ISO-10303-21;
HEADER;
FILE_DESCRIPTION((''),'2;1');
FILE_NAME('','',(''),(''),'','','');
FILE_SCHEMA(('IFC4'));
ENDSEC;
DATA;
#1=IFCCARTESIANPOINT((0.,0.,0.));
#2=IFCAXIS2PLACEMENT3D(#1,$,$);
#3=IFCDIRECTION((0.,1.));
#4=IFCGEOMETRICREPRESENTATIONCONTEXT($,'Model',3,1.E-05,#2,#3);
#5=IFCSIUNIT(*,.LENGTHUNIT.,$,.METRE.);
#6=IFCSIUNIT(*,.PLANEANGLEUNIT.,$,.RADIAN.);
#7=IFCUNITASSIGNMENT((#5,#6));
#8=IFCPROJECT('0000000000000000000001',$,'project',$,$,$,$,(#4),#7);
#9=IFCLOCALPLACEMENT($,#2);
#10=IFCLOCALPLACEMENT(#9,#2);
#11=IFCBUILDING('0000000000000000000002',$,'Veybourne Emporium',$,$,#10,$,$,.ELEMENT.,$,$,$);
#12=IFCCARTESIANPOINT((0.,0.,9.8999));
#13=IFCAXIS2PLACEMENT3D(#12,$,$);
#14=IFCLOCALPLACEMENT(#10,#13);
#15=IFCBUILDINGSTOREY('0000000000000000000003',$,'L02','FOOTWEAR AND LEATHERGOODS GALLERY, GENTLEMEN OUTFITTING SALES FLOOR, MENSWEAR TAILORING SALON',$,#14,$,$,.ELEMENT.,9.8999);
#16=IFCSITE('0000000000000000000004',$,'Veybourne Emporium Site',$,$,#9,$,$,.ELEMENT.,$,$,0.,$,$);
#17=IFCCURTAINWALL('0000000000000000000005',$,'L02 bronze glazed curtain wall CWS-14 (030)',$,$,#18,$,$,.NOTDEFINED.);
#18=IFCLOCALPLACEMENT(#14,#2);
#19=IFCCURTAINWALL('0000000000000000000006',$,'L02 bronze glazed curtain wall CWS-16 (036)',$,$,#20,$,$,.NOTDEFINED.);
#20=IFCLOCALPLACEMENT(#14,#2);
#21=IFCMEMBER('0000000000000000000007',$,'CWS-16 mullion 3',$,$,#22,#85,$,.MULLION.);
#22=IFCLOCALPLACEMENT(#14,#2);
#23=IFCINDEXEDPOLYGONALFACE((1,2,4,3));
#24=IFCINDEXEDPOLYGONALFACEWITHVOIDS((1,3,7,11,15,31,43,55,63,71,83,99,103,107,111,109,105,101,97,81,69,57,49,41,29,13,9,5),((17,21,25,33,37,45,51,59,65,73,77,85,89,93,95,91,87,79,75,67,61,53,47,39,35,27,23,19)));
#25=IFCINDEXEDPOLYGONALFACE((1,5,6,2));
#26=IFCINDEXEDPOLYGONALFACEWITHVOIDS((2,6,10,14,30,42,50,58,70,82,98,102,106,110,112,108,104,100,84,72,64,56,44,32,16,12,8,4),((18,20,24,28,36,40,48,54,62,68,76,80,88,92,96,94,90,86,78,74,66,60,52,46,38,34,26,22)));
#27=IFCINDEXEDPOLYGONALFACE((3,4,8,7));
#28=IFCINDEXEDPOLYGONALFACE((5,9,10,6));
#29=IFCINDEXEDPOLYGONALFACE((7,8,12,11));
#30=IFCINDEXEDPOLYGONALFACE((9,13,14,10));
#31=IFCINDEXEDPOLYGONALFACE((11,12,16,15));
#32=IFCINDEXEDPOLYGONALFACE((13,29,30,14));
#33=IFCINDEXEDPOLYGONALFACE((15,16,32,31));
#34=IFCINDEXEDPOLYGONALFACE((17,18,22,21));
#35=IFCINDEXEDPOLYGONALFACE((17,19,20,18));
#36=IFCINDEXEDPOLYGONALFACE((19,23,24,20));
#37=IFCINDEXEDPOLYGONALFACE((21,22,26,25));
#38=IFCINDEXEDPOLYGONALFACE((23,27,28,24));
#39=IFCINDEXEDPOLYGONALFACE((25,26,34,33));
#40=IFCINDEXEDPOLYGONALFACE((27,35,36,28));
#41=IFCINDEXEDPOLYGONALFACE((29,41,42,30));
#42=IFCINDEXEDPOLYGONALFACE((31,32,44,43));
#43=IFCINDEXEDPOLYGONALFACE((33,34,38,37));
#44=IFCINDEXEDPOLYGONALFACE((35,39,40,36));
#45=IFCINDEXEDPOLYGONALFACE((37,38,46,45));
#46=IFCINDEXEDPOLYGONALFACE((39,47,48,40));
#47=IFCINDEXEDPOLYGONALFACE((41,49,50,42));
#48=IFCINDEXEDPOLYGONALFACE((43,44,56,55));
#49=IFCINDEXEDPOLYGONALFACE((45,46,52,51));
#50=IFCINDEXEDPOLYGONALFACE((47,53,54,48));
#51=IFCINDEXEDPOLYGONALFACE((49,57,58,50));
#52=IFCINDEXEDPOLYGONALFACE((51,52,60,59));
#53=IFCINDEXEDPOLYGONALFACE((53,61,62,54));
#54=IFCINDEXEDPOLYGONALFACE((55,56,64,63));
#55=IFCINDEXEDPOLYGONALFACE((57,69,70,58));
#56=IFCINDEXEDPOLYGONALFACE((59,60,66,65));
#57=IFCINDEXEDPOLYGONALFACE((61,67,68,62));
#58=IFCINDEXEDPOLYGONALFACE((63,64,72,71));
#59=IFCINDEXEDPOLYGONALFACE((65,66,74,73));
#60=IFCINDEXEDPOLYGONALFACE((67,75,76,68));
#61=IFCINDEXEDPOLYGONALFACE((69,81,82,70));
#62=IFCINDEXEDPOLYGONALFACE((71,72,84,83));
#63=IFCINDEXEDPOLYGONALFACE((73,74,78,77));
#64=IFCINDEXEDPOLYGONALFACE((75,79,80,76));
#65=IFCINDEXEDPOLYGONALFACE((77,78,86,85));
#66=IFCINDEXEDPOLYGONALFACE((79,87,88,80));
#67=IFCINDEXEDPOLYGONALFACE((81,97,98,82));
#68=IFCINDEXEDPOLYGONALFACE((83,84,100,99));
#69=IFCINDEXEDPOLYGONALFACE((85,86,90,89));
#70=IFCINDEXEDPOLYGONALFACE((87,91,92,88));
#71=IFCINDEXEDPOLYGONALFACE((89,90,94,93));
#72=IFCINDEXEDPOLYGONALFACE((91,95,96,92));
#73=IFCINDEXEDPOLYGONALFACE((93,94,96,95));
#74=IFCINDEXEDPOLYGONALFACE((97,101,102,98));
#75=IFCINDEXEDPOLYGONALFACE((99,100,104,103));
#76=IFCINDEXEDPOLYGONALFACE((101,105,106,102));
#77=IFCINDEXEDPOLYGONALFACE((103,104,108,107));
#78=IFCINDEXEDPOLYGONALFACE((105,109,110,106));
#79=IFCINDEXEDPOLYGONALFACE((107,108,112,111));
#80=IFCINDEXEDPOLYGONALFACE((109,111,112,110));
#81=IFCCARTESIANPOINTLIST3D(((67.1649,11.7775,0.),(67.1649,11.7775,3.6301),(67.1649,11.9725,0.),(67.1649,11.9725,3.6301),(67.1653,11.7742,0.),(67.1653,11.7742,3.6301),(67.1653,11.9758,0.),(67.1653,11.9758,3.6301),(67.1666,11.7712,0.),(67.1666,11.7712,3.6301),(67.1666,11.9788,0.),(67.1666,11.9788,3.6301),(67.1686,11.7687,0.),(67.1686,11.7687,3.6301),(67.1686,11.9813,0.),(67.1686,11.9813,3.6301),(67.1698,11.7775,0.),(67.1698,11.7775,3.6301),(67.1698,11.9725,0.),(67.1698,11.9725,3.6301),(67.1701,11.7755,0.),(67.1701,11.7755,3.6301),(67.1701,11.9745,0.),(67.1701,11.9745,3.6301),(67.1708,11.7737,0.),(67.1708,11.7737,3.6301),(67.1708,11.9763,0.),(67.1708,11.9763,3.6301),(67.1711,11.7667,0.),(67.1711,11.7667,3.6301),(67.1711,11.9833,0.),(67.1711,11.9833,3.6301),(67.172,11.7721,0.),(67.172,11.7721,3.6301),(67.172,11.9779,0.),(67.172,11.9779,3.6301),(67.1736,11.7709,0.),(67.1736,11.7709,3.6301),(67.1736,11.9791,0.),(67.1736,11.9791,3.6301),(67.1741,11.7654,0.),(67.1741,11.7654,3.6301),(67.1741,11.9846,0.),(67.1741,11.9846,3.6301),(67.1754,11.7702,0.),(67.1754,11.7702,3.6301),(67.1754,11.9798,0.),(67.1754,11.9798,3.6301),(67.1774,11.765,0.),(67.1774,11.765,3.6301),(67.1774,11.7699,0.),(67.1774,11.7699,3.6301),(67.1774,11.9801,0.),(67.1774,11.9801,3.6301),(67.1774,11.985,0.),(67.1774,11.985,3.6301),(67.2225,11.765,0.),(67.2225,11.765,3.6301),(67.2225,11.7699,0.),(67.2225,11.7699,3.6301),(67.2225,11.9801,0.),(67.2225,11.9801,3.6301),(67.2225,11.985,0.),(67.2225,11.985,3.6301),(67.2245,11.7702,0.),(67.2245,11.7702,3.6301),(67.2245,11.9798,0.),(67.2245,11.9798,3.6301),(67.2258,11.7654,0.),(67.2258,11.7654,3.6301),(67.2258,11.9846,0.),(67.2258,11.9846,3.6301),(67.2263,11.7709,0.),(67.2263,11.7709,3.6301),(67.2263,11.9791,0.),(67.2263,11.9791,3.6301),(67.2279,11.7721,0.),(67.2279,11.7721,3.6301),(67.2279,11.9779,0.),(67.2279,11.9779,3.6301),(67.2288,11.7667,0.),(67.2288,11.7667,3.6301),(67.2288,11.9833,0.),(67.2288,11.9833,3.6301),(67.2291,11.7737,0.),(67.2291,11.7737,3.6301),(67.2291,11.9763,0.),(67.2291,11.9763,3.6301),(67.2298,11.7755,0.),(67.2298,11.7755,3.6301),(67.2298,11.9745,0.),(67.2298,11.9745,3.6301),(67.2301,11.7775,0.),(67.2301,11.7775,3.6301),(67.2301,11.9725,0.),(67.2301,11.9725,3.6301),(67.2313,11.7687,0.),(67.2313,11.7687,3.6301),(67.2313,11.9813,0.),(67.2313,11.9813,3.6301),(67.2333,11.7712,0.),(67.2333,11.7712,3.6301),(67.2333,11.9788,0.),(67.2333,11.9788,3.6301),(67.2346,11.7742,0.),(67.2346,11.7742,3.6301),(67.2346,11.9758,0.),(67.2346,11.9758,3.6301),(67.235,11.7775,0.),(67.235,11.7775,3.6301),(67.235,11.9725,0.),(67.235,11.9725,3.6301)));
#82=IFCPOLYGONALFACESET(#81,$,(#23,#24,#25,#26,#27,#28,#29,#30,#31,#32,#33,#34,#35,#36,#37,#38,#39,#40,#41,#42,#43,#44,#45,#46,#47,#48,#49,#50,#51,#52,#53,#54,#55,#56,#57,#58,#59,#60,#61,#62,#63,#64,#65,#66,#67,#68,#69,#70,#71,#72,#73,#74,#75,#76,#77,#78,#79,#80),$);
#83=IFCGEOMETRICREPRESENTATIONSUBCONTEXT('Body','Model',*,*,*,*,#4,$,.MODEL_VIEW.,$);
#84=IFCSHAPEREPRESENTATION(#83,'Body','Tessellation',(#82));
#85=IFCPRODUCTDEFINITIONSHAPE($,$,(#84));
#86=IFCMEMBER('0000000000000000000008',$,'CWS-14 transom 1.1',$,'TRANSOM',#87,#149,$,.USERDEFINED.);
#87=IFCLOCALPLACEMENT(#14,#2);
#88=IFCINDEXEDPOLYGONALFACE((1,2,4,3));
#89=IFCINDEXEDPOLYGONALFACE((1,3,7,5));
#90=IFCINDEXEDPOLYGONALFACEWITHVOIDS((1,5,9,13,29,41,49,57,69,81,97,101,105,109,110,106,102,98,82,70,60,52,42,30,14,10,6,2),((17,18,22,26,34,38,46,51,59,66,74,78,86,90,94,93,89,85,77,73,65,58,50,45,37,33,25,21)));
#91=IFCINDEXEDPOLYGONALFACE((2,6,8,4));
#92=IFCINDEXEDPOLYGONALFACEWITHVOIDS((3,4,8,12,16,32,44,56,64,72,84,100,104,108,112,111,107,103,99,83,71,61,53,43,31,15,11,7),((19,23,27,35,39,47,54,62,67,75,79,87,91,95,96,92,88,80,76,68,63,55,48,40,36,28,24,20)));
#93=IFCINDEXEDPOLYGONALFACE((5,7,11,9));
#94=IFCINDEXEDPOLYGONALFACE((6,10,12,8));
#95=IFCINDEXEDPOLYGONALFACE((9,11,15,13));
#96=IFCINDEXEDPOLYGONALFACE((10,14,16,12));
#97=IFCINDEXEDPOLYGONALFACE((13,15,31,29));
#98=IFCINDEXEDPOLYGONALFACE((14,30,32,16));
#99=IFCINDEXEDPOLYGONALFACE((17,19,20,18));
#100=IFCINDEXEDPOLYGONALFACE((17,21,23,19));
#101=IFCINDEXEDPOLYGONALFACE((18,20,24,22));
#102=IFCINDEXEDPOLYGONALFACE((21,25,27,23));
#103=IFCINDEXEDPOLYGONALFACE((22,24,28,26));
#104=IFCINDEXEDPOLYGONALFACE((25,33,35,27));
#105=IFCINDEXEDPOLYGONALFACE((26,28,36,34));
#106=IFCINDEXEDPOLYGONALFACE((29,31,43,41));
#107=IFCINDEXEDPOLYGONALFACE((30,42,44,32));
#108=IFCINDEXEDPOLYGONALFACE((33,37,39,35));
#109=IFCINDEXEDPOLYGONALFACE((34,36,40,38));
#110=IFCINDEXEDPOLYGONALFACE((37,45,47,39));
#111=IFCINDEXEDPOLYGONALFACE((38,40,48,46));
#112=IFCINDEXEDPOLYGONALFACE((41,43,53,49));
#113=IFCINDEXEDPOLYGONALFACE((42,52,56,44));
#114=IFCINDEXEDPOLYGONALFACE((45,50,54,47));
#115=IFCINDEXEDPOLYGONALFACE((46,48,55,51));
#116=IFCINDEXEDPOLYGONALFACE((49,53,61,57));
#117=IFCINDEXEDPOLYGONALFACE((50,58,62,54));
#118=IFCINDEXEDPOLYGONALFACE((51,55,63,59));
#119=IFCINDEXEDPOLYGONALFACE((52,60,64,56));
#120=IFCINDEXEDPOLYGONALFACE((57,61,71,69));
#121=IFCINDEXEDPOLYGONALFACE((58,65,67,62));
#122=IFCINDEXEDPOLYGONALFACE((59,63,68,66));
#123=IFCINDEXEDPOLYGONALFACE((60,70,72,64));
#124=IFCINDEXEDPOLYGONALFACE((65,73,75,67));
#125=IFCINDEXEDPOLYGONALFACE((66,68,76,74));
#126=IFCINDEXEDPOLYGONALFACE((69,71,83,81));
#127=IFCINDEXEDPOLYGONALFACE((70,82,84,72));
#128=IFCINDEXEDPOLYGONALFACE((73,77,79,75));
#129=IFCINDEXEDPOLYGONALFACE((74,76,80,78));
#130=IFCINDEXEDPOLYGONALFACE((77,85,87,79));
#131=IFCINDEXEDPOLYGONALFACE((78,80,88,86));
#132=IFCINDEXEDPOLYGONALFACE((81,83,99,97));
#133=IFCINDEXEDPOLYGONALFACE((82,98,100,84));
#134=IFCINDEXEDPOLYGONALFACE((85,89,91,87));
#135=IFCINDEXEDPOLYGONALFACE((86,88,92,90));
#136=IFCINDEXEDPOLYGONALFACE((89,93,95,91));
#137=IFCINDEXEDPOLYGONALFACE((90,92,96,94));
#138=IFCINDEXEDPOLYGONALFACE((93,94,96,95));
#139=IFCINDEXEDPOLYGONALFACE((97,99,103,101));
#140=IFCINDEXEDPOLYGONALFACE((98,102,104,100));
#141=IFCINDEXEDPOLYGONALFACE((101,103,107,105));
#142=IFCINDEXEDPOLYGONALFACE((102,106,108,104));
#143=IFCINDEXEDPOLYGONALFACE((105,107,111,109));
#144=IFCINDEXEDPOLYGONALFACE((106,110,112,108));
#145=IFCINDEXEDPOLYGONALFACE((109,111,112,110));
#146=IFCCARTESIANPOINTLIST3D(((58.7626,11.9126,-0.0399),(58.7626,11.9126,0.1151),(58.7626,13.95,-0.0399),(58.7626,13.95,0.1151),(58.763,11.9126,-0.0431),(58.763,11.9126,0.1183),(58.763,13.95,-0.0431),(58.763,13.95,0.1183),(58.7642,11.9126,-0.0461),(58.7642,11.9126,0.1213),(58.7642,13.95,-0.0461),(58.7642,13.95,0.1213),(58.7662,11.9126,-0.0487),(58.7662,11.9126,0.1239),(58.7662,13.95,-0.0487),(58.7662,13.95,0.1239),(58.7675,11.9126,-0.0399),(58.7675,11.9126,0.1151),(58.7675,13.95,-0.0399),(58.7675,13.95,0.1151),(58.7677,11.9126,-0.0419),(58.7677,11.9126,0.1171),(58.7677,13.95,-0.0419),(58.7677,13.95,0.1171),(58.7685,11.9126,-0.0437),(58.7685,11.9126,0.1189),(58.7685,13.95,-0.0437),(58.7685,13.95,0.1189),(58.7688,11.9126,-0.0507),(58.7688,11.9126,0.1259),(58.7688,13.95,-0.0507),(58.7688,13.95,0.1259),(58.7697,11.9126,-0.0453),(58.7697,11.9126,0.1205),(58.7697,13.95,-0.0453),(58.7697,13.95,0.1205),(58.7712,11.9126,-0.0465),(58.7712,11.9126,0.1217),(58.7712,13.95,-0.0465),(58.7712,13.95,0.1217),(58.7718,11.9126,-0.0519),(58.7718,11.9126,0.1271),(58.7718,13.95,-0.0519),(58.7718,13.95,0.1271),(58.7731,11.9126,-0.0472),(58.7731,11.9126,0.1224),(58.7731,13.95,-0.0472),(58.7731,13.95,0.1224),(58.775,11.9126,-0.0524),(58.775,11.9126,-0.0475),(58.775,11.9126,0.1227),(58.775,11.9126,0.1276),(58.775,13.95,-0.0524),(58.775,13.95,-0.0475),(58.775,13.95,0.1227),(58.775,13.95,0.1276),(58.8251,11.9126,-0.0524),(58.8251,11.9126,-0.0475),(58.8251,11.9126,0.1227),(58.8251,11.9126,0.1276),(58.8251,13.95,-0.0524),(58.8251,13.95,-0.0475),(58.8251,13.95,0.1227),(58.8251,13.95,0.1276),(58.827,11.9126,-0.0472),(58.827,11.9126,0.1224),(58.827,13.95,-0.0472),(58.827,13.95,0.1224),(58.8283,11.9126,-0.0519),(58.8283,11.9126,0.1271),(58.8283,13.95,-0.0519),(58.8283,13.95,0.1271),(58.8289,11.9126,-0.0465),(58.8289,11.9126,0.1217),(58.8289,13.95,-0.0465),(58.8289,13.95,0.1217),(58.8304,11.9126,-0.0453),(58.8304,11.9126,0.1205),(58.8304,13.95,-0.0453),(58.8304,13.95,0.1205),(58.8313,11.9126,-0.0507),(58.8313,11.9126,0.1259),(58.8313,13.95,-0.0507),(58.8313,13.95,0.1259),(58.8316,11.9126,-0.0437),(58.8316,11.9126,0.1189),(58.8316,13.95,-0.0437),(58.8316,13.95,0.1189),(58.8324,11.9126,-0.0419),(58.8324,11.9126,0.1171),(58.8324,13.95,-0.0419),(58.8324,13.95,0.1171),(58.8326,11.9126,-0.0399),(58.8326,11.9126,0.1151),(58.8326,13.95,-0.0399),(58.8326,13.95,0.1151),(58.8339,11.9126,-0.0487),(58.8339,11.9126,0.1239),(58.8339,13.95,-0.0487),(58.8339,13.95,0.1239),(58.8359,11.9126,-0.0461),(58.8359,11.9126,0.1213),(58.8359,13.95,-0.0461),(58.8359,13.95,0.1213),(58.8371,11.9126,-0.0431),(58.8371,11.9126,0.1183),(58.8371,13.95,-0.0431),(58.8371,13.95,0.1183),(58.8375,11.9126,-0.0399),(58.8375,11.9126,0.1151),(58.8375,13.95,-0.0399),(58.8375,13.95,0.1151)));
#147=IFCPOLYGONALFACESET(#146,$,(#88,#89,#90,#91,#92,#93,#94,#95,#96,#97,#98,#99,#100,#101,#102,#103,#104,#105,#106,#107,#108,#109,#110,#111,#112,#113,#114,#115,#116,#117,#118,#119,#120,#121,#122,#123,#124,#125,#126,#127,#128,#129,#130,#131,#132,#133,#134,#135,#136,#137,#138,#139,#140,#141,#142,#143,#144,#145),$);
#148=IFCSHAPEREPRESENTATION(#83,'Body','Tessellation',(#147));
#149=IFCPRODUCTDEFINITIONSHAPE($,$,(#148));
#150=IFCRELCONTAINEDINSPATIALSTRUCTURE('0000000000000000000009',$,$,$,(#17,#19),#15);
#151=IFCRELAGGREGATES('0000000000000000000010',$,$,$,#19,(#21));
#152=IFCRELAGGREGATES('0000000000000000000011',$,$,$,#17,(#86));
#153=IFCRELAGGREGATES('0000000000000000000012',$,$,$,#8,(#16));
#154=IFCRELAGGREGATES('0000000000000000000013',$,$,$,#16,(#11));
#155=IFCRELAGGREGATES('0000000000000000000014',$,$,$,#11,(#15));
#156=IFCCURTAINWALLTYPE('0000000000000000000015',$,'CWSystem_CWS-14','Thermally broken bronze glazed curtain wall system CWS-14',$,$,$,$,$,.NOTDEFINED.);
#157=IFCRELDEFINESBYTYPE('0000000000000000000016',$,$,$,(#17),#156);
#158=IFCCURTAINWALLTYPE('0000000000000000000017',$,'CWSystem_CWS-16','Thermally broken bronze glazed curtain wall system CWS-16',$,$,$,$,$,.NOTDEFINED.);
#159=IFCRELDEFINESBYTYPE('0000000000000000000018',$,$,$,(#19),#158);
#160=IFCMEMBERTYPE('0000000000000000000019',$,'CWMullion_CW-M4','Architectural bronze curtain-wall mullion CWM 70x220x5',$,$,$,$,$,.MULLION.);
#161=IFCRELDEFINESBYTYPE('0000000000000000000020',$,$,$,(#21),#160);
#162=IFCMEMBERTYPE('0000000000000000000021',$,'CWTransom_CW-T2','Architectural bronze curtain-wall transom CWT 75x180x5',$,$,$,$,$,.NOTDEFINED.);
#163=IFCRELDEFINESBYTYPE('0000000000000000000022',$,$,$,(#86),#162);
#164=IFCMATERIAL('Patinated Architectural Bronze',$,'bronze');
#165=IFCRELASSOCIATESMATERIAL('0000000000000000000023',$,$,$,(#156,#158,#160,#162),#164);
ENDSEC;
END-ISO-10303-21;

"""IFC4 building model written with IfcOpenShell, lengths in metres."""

from ifc_helpers import new_model, si_unit, direction, frame, origin, origin_2d, place, context, subcontext, project, spatial, hollow_rectangle, extrude, material, material_profile, profile_set, type_object, element, aggregate, save


model = new_model("IFC4")

# Units and contexts
model_context = context("Model", 3, precision=1e-05, world=origin(), true_north=direction((0.0, 1.0)))
body_context = subcontext(model_context, "Body", "Model", "MODEL_VIEW")
ifc_project = project(units=[si_unit("LENGTHUNIT", "METRE"), si_unit("PLANEANGLEUNIT", "RADIAN")], contexts=[model_context])

# Site, building, storey
site_placement = place(None, origin())
site = spatial("IfcSite", under=ifc_project, at=site_placement, Name="Veybourne Emporium Site", CompositionType="ELEMENT", RefElevation=0.0)
building_placement = place(site_placement, origin())
building = spatial("IfcBuilding", under=site, at=building_placement, Name="Veybourne Emporium", CompositionType="ELEMENT")
storey_placement = place(building_placement, frame((0.0, 0.0, 9.8999)))
storey = spatial("IfcBuildingStorey", under=building, at=storey_placement, Name="L02", Description="FOOTWEAR AND LEATHERGOODS GALLERY, GENTLEMEN OUTFITTING SALES FLOOR, MENSWEAR TAILORING SALON", CompositionType="ELEMENT", Elevation=9.8999)

# Curtain walls, member
ifc_material_1 = material(Name="Patinated Architectural Bronze", Category="bronze")
curtain_wall_type_1 = type_object("IfcCurtainWallType", Name="CWSystem_CWS-14", Description="Thermally broken bronze glazed curtain wall system CWS-14", PredefinedType="NOTDEFINED", material=ifc_material_1)
curtain_wall_1_placement = place(storey_placement, origin())
curtain_wall_1 = element("IfcCurtainWall", 1, at=curtain_wall_1_placement, inside=storey, type_object=curtain_wall_type_1, Name="L02 bronze glazed curtain wall CWS-14 (030)", PredefinedType="NOTDEFINED")
curtain_wall_type_2 = type_object("IfcCurtainWallType", Name="CWSystem_CWS-16", Description="Thermally broken bronze glazed curtain wall system CWS-16", PredefinedType="NOTDEFINED", material=ifc_material_1)
curtain_wall_2_placement = place(storey_placement, origin())
curtain_wall_2 = element("IfcCurtainWall", 2, at=curtain_wall_2_placement, inside=storey, type_object=curtain_wall_type_2, Name="L02 bronze glazed curtain wall CWS-16 (036)", PredefinedType="NOTDEFINED")
ifc_material_profile_1 = material_profile(ifc_material_1, hollow_rectangle(XDim=0.0701, YDim=0.22, WallThickness=0.0049, InnerFilletRadius=0.0076, OuterFilletRadius=0.0125, at=origin_2d()), Name="CWM 70x220x5")
ifc_profile_set_1 = profile_set([ifc_material_profile_1], Name="Patinated Architectural Bronze")
member_type_1 = type_object("IfcMemberType", Name="CWMullion_CW-M4", Description="Architectural bronze curtain-wall mullion CWM 70x220x5", PredefinedType="MULLION", material=ifc_profile_set_1)
member_1_placement = place(storey_placement, frame((67.2, 11.875, 0.0), z_axis=(0.0, 0.0, 1.0), x_axis=(-1.0, 0.0, 0.0)))
member_1 = element("IfcMember", 3, at=member_1_placement, type_object=member_type_1, Name="CWS-16 mullion 3", PredefinedType="MULLION", context=body_context, shape_type="SweptSolid", body=[
    extrude(hollow_rectangle(XDim=0.0701, YDim=0.22, WallThickness=0.0049, InnerFilletRadius=0.0076, OuterFilletRadius=0.0125, at=origin_2d()), origin(), (0.0, 0.0, 1.0), 3.6301),
])

# Member
ifc_material_profile_2 = material_profile(ifc_material_1, hollow_rectangle(XDim=0.075, YDim=0.1799, WallThickness=0.0049, InnerFilletRadius=0.0076, OuterFilletRadius=0.0125, at=origin_2d()), Name="CWT 75x180x5")
ifc_profile_set_2 = profile_set([ifc_material_profile_2], Name="Patinated Architectural Bronze")
member_type_2 = type_object("IfcMemberType", Name="CWTransom_CW-T2", Description="Architectural bronze curtain-wall transom CWT 75x180x5", PredefinedType="NOTDEFINED", material=ifc_profile_set_2)
member_2_placement = place(storey_placement, frame((58.8, 13.95, 0.0376), z_axis=(0.0, -1.0, 0.0), x_axis=(1.0, 0.0, 0.0)))
member_2 = element("IfcMember", 4, at=member_2_placement, type_object=member_type_2, Name="CWS-14 transom 1.1", ObjectType="TRANSOM", PredefinedType="USERDEFINED", context=body_context, shape_type="SweptSolid", body=[
    extrude(hollow_rectangle(XDim=0.075, YDim=0.1799, WallThickness=0.0049, InnerFilletRadius=0.0076, OuterFilletRadius=0.0125, at=origin_2d()), origin(), (0.0, 0.0, 1.0), 2.0374),
])
aggregate(curtain_wall_2, [member_1])

aggregate(curtain_wall_1, [member_2])

save(model, "model.ifc")
